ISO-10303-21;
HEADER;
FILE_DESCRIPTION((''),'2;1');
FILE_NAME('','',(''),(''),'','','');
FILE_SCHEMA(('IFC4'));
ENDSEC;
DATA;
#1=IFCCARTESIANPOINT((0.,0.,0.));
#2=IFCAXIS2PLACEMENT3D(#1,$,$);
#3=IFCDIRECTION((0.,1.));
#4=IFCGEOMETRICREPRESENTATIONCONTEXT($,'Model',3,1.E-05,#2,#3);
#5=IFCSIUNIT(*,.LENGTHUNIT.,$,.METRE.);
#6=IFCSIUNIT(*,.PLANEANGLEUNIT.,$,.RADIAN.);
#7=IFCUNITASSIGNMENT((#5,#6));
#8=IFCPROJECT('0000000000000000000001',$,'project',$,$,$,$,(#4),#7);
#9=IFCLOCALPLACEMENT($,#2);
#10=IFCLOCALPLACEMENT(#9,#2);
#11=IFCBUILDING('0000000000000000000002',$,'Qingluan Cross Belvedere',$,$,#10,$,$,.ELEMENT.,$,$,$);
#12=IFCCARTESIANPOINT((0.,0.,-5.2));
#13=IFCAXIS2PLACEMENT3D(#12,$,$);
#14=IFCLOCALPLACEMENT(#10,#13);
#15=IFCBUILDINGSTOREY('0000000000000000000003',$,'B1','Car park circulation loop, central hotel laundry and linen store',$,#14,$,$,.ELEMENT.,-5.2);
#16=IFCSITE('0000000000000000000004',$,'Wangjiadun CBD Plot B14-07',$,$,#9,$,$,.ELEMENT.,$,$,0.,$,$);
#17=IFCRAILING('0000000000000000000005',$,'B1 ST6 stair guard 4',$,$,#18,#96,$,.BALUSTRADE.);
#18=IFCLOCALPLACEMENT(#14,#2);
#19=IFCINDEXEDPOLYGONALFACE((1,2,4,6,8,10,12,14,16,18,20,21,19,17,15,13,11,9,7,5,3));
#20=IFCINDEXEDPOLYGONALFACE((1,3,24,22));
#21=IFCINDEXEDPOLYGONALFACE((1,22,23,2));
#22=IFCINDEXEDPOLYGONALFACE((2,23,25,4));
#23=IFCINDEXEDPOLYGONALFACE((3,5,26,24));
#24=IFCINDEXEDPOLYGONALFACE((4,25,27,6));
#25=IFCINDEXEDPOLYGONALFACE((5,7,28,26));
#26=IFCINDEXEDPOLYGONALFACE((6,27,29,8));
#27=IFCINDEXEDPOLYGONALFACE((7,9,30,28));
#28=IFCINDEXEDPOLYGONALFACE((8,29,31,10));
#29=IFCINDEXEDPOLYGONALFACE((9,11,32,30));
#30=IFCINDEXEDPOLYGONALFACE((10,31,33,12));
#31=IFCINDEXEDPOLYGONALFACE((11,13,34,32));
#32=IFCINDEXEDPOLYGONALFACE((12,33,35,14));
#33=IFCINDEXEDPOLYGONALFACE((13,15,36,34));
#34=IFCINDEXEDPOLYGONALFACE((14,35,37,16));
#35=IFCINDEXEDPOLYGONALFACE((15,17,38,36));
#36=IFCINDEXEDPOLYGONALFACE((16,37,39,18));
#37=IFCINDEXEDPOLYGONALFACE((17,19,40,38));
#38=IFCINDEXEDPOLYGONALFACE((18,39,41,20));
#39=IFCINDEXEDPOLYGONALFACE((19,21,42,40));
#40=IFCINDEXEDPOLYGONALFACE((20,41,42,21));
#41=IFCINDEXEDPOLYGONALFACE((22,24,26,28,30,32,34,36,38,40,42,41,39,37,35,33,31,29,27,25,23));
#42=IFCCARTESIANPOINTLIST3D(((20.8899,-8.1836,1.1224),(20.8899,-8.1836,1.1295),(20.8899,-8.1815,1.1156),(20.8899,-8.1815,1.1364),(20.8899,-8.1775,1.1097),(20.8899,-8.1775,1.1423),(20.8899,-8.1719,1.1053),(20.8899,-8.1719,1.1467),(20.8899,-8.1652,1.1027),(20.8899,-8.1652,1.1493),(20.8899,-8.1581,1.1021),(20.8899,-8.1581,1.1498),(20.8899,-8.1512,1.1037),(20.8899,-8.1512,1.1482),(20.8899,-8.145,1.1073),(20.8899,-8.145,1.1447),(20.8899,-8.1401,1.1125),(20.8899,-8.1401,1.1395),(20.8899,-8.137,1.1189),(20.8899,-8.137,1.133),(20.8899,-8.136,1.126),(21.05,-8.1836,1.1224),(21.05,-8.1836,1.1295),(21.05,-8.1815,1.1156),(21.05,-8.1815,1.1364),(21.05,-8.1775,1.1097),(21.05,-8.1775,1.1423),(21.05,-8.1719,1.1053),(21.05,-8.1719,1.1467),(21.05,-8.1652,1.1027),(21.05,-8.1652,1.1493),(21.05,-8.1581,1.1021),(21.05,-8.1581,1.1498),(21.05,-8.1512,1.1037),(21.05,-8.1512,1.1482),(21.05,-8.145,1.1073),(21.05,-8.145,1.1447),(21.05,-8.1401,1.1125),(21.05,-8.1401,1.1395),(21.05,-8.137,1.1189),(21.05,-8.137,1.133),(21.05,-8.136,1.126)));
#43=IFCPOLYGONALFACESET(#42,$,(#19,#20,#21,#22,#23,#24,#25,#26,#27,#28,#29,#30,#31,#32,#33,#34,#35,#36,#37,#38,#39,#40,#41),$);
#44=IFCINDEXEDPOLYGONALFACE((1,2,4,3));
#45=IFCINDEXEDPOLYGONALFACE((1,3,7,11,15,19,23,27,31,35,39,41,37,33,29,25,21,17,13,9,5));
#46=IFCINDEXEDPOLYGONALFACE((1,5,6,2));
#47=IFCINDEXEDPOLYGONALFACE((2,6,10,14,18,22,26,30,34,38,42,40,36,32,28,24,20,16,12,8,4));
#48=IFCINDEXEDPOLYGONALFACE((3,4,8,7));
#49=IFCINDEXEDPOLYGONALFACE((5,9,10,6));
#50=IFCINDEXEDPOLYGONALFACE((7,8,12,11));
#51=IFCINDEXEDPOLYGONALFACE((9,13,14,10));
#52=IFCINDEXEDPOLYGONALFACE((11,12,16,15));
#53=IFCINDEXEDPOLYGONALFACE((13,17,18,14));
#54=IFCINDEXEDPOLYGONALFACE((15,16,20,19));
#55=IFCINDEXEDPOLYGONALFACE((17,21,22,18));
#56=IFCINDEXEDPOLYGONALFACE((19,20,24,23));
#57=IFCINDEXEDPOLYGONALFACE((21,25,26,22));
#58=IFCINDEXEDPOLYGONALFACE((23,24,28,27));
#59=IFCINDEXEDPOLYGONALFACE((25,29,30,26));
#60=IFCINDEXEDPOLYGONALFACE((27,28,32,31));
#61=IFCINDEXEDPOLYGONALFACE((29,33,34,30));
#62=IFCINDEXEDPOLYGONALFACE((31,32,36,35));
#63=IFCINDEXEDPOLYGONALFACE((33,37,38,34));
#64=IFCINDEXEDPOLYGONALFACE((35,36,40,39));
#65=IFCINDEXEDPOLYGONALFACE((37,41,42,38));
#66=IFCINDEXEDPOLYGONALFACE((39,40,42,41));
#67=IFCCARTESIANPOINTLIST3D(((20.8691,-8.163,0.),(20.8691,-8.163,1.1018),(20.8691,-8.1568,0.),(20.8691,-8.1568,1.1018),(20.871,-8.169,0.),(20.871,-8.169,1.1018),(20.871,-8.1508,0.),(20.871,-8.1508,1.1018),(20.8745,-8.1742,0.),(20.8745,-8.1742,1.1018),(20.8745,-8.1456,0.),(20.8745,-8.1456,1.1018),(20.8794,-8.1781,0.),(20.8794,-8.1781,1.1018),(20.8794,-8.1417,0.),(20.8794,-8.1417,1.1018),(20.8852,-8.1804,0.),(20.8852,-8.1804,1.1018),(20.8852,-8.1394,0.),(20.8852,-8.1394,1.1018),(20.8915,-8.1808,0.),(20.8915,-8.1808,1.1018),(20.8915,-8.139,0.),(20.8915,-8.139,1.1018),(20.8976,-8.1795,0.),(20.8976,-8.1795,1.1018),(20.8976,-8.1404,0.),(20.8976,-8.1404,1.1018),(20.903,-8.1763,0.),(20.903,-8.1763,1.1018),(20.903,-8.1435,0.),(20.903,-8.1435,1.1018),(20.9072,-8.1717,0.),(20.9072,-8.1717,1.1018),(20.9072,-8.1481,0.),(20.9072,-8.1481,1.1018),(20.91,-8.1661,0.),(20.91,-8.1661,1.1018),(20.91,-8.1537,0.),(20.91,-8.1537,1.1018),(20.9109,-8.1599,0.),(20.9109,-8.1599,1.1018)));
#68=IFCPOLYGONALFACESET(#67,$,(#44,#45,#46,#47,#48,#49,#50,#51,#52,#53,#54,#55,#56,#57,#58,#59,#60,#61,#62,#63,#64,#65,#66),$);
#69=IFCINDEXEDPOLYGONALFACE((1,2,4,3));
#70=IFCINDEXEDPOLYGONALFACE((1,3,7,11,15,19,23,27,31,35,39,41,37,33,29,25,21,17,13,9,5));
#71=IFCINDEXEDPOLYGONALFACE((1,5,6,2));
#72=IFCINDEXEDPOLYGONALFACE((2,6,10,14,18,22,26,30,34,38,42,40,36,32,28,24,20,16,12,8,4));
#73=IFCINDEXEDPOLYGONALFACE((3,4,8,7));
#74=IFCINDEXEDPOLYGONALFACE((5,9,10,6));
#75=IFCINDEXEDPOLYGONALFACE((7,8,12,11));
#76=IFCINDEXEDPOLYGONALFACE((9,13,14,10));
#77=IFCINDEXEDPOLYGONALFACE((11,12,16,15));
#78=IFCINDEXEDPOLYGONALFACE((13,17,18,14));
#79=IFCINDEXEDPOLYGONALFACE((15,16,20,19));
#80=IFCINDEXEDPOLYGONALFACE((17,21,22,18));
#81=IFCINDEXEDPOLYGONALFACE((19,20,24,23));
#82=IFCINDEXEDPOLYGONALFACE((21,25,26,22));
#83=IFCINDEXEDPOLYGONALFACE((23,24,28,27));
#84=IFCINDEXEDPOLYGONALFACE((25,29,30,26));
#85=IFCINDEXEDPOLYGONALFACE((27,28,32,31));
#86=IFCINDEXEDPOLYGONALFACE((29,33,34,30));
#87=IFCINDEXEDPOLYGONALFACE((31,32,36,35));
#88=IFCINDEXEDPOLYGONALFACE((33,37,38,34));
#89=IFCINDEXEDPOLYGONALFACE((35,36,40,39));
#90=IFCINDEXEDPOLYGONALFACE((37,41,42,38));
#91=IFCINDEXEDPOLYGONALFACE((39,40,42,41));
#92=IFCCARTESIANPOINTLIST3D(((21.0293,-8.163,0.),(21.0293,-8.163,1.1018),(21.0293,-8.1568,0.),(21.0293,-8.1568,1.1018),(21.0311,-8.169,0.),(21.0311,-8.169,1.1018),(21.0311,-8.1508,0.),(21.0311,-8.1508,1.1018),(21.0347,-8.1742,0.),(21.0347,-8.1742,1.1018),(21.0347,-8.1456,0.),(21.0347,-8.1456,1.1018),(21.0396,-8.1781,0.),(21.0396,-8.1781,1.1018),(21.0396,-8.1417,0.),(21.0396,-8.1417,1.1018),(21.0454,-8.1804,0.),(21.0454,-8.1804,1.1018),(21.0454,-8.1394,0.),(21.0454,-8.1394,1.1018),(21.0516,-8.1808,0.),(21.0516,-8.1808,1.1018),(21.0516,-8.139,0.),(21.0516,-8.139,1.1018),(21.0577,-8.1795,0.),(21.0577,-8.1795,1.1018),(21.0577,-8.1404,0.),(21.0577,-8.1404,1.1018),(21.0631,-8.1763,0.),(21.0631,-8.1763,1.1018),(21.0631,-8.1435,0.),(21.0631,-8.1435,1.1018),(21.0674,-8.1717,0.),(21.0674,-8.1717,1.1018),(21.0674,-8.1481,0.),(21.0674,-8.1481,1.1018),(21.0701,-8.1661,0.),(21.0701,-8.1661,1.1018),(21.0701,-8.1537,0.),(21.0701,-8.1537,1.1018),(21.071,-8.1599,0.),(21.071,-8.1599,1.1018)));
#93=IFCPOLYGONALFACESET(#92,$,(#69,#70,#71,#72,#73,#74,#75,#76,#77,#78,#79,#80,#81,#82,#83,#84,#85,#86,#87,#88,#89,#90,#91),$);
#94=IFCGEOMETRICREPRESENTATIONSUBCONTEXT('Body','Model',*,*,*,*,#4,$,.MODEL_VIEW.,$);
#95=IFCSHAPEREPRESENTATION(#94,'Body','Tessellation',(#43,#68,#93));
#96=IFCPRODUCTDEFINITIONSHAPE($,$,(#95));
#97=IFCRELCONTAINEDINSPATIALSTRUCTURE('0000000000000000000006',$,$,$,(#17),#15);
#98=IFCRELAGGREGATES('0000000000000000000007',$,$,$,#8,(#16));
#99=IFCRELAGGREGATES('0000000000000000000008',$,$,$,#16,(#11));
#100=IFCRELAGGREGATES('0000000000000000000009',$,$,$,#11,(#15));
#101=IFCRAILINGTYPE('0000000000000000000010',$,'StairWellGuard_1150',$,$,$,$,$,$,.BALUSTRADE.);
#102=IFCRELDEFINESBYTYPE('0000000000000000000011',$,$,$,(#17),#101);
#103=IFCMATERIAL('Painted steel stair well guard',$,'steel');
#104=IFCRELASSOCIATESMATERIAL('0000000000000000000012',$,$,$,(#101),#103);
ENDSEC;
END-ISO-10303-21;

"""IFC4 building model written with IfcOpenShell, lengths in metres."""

from ifc_helpers import new_model, si_unit, direction, frame, origin, origin_2d, place, context, subcontext, project, spatial, circle, extrude, material, type_object, element, save


model = new_model("IFC4")

# Units and contexts
model_context = context("Model", 3, precision=1e-05, world=origin(), true_north=direction((0.0, 1.0)))
body_context = subcontext(model_context, "Body", "Model", "MODEL_VIEW")
ifc_project = project(units=[si_unit("LENGTHUNIT", "METRE"), si_unit("PLANEANGLEUNIT", "RADIAN")], contexts=[model_context])

# Site, building, storey
site_placement = place(None, origin())
site = spatial("IfcSite", under=ifc_project, at=site_placement, Name="Wangjiadun CBD Plot B14-07", CompositionType="ELEMENT", RefElevation=0.0)
building_placement = place(site_placement, origin())
building = spatial("IfcBuilding", under=site, at=building_placement, Name="Qingluan Cross Belvedere", CompositionType="ELEMENT")
storey_placement = place(building_placement, frame((0.0, 0.0, -5.2)))
storey = spatial("IfcBuildingStorey", under=building, at=storey_placement, Name="B1", Description="Car park circulation loop, central hotel laundry and linen store", CompositionType="ELEMENT", Elevation=-5.2)

# Railing
ifc_material_1 = material(Name="Painted steel stair well guard", Category="steel")
railing_type_1 = type_object("IfcRailingType", Name="StairWellGuard_1150", PredefinedType="BALUSTRADE", material=ifc_material_1)
railing_1_placement = place(storey_placement, frame((20.8899, -8.1599, 0.0)))
element("IfcRailing", 1, at=railing_1_placement, inside=storey, type_object=railing_type_1, Name="B1 ST6 stair guard 4", PredefinedType="BALUSTRADE", context=body_context, shape_type="SweptSolid", body=[
    extrude(circle(Radius=0.0239, at=origin_2d()), frame((0.0, 0.0, 1.126), z_axis=(1.0, 0.0, 0.0), x_axis=(0.0, 1.0, 0.0)), (0.0, 0.0, 1.0), 0.1602),
    extrude(circle(Radius=0.021, at=origin_2d()), origin(), (0.0, 0.0, 1.0), 1.1018),
    extrude(circle(Radius=0.021, at=origin_2d()), frame((0.1602, 0.0, 0.0)), (0.0, 0.0, 1.0), 1.1018),
])

save(model, "model.ifc")
